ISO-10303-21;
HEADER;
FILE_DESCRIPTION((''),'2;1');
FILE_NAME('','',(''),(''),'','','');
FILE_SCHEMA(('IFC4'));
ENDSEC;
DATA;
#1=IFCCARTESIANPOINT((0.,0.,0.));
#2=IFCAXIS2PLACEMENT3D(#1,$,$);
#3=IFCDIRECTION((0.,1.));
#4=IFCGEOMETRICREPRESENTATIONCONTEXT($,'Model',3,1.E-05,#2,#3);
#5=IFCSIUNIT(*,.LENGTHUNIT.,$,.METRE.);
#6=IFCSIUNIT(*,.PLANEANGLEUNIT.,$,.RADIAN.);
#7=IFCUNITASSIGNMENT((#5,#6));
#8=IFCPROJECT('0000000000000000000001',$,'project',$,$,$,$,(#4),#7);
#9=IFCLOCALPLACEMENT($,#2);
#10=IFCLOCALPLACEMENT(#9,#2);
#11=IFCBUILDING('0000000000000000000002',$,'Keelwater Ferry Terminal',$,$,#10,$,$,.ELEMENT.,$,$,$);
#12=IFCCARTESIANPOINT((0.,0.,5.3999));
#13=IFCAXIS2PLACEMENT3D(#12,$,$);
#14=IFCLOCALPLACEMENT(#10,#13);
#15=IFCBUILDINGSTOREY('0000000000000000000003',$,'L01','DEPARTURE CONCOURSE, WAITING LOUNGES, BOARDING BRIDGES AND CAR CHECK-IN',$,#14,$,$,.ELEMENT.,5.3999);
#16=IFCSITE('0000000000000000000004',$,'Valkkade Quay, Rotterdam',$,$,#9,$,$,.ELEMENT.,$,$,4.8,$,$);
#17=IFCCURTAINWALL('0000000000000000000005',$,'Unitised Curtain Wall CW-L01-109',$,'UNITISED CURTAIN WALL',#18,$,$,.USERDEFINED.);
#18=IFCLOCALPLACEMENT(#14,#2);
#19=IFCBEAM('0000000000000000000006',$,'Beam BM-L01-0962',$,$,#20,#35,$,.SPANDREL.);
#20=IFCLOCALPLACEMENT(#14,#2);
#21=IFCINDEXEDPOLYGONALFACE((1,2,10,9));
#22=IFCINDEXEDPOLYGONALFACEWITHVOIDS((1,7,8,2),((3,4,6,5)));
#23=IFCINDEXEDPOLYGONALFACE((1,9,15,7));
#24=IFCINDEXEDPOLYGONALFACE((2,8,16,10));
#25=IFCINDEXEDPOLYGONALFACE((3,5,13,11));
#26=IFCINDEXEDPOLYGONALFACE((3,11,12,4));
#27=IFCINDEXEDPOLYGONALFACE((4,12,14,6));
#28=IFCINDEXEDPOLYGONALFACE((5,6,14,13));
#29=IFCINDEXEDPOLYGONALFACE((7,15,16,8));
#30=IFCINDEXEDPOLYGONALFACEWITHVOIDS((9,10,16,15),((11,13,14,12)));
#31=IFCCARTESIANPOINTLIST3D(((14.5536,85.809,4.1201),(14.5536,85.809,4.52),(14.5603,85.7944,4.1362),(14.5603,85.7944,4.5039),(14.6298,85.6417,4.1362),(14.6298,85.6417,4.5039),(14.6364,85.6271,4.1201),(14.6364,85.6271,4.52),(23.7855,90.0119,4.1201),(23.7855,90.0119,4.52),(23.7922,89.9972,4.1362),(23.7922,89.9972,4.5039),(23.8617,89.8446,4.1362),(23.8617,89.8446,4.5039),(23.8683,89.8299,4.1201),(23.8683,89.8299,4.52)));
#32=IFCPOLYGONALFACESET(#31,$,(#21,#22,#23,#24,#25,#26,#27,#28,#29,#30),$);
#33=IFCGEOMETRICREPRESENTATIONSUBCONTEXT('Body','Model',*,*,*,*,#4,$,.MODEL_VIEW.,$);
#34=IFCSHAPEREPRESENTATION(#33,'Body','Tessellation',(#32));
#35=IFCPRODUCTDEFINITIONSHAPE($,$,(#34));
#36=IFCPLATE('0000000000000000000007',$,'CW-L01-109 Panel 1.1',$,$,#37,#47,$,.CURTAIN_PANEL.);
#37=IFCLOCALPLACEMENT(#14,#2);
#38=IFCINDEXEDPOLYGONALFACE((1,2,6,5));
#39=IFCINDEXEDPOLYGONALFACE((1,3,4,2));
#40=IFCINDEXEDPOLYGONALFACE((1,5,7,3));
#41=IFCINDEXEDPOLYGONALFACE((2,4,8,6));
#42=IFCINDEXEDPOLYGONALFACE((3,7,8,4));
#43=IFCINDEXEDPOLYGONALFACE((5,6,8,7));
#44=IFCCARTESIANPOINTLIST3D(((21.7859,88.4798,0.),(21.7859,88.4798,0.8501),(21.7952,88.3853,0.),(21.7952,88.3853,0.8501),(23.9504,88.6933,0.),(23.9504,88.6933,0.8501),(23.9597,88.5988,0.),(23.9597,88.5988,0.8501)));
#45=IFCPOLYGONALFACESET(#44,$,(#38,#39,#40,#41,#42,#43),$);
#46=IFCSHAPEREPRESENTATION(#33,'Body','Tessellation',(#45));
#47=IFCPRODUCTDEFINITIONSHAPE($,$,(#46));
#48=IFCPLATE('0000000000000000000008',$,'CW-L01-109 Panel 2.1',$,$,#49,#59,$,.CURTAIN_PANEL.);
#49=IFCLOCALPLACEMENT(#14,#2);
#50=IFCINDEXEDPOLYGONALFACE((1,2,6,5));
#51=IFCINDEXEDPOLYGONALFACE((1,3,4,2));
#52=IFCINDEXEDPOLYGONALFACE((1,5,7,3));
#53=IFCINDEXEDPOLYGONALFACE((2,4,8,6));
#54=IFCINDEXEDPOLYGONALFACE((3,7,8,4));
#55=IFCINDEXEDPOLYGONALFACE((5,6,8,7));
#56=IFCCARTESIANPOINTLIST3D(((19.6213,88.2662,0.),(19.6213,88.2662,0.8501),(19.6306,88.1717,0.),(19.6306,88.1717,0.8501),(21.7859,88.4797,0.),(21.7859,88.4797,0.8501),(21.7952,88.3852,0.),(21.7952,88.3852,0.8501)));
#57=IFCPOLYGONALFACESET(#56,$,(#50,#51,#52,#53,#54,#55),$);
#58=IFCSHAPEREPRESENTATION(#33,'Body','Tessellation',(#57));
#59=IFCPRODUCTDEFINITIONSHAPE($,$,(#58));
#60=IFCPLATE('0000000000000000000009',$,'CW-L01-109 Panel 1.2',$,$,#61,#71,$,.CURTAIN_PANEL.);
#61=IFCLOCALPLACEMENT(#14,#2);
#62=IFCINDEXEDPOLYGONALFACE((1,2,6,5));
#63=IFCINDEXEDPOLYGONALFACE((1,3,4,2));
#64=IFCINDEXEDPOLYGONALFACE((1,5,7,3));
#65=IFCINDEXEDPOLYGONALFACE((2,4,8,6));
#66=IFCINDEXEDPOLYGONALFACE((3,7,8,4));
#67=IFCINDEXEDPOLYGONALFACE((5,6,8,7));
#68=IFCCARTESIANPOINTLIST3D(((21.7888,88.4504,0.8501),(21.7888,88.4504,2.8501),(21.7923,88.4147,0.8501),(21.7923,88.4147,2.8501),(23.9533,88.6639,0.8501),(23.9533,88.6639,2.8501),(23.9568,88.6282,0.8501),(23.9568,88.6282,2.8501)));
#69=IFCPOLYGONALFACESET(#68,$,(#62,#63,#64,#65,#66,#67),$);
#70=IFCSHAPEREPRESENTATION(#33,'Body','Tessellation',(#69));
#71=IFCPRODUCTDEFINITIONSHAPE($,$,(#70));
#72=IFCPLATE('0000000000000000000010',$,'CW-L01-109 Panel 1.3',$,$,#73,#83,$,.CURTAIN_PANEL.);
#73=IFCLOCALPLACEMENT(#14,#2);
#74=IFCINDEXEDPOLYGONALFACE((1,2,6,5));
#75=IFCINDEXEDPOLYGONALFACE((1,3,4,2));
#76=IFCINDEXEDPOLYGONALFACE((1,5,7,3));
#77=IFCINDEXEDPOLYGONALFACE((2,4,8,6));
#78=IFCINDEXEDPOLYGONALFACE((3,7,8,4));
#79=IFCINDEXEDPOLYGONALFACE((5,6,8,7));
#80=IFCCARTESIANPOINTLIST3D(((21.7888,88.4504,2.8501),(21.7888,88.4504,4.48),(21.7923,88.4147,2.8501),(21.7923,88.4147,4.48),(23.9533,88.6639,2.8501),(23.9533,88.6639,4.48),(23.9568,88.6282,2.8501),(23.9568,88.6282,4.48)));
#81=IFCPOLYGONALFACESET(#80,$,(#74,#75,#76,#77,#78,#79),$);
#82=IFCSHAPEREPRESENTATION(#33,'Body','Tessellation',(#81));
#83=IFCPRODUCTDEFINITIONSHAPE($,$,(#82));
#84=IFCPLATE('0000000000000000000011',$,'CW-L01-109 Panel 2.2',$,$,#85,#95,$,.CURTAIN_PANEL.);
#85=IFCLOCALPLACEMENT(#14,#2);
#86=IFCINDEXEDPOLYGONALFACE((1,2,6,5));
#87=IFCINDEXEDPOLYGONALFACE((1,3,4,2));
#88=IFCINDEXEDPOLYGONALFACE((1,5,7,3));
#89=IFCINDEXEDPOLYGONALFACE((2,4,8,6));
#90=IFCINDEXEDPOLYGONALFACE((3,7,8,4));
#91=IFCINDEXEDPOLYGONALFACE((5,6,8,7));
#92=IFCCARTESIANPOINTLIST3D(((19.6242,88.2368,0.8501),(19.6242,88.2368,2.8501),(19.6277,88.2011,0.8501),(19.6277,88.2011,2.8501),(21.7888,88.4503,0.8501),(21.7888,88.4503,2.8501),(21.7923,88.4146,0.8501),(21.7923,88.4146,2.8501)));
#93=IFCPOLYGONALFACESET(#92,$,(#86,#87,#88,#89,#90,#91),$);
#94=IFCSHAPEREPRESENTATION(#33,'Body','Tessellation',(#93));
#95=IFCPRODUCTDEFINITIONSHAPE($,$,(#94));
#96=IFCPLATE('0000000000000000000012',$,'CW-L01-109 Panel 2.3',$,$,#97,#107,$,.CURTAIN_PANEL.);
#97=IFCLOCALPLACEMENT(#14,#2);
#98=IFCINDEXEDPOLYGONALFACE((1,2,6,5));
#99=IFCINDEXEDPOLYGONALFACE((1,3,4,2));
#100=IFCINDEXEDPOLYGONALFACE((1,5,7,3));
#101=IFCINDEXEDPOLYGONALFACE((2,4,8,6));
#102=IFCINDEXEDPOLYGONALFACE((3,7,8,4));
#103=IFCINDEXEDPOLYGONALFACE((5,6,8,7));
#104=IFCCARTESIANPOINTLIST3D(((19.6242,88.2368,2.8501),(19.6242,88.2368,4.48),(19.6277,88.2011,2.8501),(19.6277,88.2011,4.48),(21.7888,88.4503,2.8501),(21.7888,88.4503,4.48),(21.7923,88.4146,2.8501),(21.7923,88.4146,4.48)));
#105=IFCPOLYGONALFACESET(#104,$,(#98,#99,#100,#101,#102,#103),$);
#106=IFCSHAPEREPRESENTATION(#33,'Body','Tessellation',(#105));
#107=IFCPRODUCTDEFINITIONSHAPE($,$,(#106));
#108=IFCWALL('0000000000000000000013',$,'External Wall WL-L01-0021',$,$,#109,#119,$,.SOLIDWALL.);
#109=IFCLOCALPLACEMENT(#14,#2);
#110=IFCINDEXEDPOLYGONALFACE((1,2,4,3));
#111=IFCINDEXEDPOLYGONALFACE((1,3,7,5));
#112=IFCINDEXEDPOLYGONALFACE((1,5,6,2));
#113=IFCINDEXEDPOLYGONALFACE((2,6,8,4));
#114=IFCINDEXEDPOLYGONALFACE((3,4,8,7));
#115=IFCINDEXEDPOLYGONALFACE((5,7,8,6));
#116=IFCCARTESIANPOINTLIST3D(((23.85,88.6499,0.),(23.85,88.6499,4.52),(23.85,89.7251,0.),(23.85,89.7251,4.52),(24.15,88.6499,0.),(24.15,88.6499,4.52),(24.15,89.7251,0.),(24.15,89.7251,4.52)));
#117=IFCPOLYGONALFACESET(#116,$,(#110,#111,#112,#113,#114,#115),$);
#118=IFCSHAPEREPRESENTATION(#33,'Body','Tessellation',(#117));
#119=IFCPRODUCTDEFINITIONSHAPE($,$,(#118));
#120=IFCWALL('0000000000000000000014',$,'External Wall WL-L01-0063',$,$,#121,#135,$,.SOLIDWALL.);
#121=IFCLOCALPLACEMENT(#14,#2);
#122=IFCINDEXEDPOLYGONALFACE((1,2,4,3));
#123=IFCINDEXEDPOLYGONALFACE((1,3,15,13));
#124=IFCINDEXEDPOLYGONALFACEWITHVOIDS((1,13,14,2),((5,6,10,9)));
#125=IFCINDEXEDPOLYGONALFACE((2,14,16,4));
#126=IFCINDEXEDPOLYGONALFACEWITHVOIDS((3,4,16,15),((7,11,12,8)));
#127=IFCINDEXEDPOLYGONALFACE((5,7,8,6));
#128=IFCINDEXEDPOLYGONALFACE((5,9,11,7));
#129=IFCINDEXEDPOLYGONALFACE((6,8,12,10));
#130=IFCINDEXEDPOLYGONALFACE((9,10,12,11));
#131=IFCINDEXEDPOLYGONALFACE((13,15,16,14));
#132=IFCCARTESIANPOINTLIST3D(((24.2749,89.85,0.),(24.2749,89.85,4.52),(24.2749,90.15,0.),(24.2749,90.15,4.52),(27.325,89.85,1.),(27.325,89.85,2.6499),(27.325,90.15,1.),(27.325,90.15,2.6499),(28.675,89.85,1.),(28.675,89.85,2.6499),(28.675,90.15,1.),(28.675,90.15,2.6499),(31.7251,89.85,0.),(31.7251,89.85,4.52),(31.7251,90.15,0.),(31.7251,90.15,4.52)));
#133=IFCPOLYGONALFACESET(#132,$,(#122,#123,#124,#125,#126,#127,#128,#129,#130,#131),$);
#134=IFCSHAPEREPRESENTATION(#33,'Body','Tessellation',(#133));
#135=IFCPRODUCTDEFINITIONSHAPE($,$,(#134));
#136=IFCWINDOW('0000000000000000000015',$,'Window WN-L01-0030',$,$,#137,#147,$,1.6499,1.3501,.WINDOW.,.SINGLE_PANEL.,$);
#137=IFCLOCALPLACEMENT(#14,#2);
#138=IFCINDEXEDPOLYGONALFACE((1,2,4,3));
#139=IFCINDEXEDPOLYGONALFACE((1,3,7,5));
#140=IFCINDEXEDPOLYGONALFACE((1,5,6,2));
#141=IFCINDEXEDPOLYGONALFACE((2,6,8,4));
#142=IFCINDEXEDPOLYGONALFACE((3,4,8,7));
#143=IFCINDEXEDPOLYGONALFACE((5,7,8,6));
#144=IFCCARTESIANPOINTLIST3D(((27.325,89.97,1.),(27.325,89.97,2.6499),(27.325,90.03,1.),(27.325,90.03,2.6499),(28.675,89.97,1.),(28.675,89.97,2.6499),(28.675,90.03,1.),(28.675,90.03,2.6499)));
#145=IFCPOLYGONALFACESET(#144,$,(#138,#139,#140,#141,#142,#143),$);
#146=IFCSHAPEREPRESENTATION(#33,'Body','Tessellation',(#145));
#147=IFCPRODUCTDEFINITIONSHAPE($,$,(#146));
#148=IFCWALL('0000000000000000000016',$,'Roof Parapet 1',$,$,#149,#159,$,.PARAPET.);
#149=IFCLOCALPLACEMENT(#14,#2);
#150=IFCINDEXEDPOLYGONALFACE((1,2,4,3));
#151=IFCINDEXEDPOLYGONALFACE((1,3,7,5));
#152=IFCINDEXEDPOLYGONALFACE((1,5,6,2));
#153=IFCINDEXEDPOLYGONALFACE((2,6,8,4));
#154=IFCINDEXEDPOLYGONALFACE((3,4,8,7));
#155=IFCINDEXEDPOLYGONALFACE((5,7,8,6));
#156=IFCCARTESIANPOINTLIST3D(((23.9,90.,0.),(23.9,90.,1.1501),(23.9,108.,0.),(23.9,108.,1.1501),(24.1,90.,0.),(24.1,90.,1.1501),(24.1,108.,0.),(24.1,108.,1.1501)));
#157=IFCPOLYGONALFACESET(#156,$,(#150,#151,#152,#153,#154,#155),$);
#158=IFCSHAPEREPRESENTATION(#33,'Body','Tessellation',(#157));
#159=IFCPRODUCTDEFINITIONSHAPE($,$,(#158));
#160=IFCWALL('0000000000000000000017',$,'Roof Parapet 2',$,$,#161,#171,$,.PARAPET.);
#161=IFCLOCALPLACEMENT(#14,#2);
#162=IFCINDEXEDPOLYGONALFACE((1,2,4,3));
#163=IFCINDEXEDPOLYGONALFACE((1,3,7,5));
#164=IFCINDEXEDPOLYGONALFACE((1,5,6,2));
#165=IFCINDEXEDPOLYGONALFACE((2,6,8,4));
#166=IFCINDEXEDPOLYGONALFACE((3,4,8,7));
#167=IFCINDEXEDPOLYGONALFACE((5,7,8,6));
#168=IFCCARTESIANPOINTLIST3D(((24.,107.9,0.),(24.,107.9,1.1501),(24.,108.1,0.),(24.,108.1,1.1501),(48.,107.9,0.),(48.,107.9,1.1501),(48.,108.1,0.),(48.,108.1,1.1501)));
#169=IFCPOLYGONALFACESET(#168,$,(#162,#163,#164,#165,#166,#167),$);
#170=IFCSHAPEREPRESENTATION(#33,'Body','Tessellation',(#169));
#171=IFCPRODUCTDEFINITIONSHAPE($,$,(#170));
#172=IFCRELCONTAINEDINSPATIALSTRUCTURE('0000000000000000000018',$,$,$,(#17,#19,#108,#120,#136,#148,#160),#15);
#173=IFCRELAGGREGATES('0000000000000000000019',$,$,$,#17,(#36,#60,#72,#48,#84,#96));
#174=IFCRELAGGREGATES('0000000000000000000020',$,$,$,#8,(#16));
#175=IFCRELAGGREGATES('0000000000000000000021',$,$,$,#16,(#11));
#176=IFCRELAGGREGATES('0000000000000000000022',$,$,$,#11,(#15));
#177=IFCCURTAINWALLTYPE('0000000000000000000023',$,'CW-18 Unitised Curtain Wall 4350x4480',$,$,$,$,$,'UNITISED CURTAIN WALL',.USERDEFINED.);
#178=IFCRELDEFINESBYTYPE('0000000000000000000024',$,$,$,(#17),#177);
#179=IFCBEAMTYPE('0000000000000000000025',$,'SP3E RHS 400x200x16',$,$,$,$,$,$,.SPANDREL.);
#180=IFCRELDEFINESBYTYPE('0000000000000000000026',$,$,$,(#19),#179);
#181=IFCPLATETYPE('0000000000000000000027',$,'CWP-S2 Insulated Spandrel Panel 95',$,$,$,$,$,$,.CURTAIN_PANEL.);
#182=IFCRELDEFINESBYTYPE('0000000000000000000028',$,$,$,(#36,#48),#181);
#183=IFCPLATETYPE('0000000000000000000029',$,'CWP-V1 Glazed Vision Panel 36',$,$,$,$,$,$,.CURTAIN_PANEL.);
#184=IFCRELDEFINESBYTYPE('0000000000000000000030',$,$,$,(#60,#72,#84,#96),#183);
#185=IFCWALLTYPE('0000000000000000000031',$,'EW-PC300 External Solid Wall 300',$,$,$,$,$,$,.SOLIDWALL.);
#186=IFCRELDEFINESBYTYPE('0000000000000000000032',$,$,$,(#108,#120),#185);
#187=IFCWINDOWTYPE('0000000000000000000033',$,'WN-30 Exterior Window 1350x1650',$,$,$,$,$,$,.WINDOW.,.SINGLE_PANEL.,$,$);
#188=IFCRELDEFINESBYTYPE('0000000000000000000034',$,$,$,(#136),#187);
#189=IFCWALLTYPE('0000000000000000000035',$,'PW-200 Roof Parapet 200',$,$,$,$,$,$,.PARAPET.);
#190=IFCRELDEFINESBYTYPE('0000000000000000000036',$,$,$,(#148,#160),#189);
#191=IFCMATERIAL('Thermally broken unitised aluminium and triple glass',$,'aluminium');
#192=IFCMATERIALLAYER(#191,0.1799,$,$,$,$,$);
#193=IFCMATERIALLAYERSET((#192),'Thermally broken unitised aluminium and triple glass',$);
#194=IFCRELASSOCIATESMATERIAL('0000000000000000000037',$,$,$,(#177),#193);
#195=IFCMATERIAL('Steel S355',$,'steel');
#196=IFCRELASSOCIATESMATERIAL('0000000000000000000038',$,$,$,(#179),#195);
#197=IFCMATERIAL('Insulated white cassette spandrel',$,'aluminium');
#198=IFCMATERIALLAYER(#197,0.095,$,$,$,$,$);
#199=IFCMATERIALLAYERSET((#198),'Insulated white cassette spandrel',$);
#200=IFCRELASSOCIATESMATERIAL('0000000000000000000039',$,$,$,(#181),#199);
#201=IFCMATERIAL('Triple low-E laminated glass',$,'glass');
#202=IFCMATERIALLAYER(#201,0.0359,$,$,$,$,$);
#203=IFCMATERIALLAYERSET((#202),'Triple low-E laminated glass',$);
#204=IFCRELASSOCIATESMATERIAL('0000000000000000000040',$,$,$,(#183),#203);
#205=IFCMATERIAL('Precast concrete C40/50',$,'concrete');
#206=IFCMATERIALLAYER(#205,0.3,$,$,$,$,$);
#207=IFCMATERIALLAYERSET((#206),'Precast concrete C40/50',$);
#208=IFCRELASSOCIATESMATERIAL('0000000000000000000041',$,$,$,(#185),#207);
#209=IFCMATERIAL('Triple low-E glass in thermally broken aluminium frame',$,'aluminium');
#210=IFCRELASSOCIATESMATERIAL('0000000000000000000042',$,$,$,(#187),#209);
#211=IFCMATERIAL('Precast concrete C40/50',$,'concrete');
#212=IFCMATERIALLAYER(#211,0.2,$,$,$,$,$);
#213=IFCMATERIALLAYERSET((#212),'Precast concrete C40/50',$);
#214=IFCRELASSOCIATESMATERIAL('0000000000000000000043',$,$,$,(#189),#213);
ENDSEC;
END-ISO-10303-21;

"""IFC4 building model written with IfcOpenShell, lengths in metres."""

from ifc_helpers import new_model, si_unit, direction, frame, frame_2d, origin, origin_2d, place, context, subcontext, project, spatial, rectangle, hollow_rectangle, extrude, material, layer, layer_set, material_profile, profile_set, type_object, element, fill, aggregate, save


model = new_model("IFC4")

# Units and contexts
model_context = context("Model", 3, precision=1e-05, world=origin(), true_north=direction((0.0, 1.0)))
body_context = subcontext(model_context, "Body", "Model", "MODEL_VIEW")
ifc_project = project(units=[si_unit("LENGTHUNIT", "METRE"), si_unit("PLANEANGLEUNIT", "RADIAN")], contexts=[model_context])

# Site, building, storey
site_placement = place(None, origin())
site = spatial("IfcSite", under=ifc_project, at=site_placement, Name="Valkkade Quay, Rotterdam", CompositionType="ELEMENT", RefElevation=4.8)
building_placement = place(site_placement, origin())
building = spatial("IfcBuilding", under=site, at=building_placement, Name="Keelwater Ferry Terminal", CompositionType="ELEMENT")
storey_placement = place(building_placement, frame((0.0, 0.0, 5.3999)))
storey = spatial("IfcBuildingStorey", under=building, at=storey_placement, Name="L01", Description="DEPARTURE CONCOURSE, WAITING LOUNGES, BOARDING BRIDGES AND CAR CHECK-IN", CompositionType="ELEMENT", Elevation=5.3999)

# Curtain wall
ifc_material_1 = material(Name="Thermally broken unitised aluminium and triple glass", Category="aluminium")
ifc_layer_1 = layer(ifc_material_1, 0.1799)
ifc_layer_set_1 = layer_set([ifc_layer_1], Name="Thermally broken unitised aluminium and triple glass")
curtain_wall_type = type_object("IfcCurtainWallType", Name="CW-18 Unitised Curtain Wall 4350x4480", ElementType="UNITISED CURTAIN WALL", PredefinedType="USERDEFINED", material=ifc_layer_set_1)
curtain_wall_1_placement = place(storey_placement, origin())
curtain_wall_1 = element("IfcCurtainWall", 1, at=curtain_wall_1_placement, inside=storey, type_object=curtain_wall_type, Name="Unitised Curtain Wall CW-L01-109", ObjectType="UNITISED CURTAIN WALL", PredefinedType="USERDEFINED")

# Beam
ifc_material_2 = material(Name="Steel S355", Category="steel")
ifc_material_profile_1 = material_profile(ifc_material_2, hollow_rectangle(XDim=0.2, YDim=0.3999, WallThickness=0.0161, at=origin_2d()), Name="RHS 400x200x16")
ifc_profile_set_1 = profile_set([ifc_material_profile_1], Name="Steel S355")
beam_type_1 = type_object("IfcBeamType", Name="SP3E RHS 400x200x16", PredefinedType="SPANDREL", material=ifc_profile_set_1)
beam_placement = place(storey_placement, frame((23.8269, 89.9209, 4.3201), z_axis=(-0.910123, -0.414338, 0.0), x_axis=(0.414338, -0.910123, 0.0)))
element("IfcBeam", 2, at=beam_placement, inside=storey, type_object=beam_type_1, Name="Beam BM-L01-0962", PredefinedType="SPANDREL", context=body_context, shape_type="SweptSolid", body=[
    extrude(hollow_rectangle(XDim=0.2, YDim=0.3999, WallThickness=0.0161, at=origin_2d()), origin(), (0.0, 0.0, 1.0), 10.1436),
])

# Plates
ifc_material_3 = material(Name="Insulated white cassette spandrel", Category="aluminium")
ifc_layer_2 = layer(ifc_material_3, 0.095)
ifc_layer_set_2 = layer_set([ifc_layer_2], Name="Insulated white cassette spandrel")
plate_type_1 = type_object("IfcPlateType", Name="CWP-S2 Insulated Spandrel Panel 95", PredefinedType="CURTAIN_PANEL", material=ifc_layer_set_2)
plate_1_placement = place(storey_placement, frame((22.8728, 88.5393, 0.0), z_axis=(0.0, 0.0, 1.0), x_axis=(-0.995171, -0.098161, 0.0)))
plate_1 = element("IfcPlate", 3, at=plate_1_placement, type_object=plate_type_1, Name="CW-L01-109 Panel 1.1", PredefinedType="CURTAIN_PANEL", context=body_context, shape_type="SweptSolid", body=[
    extrude(rectangle(XDim=2.175, YDim=0.095, at=origin_2d()), origin(), (0.0, 0.0, 1.0), 0.8501),
])
plate_2_placement = place(storey_placement, frame((20.7083, 88.3257, 0.0), z_axis=(0.0, 0.0, 1.0), x_axis=(-0.995171, -0.098161, 0.0)))
plate_2 = element("IfcPlate", 4, at=plate_2_placement, type_object=plate_type_1, Name="CW-L01-109 Panel 2.1", PredefinedType="CURTAIN_PANEL", context=body_context, shape_type="SweptSolid", body=[
    extrude(rectangle(XDim=2.175, YDim=0.095, at=origin_2d()), origin(), (0.0, 0.0, 1.0), 0.8501),
])
ifc_material_4 = material(Name="Triple low-E laminated glass", Category="glass")
ifc_layer_3 = layer(ifc_material_4, 0.0359)
ifc_layer_set_3 = layer_set([ifc_layer_3], Name="Triple low-E laminated glass")
plate_type_2 = type_object("IfcPlateType", Name="CWP-V1 Glazed Vision Panel 36", PredefinedType="CURTAIN_PANEL", material=ifc_layer_set_3)
plate_3_placement = place(storey_placement, frame((22.8728, 88.5393, 0.8501), z_axis=(0.0, 0.0, 1.0), x_axis=(-0.995171, -0.098161, 0.0)))
plate_3 = element("IfcPlate", 5, at=plate_3_placement, type_object=plate_type_2, Name="CW-L01-109 Panel 1.2", PredefinedType="CURTAIN_PANEL", context=body_context, shape_type="SweptSolid", body=[
    extrude(rectangle(XDim=2.175, YDim=0.0359, at=origin_2d()), origin(), (0.0, 0.0, 1.0), 2.0),
])
plate_4_placement = place(storey_placement, frame((22.8728, 88.5393, 2.8501), z_axis=(0.0, 0.0, 1.0), x_axis=(-0.995171, -0.098161, 0.0)))
plate_4 = element("IfcPlate", 6, at=plate_4_placement, type_object=plate_type_2, Name="CW-L01-109 Panel 1.3", PredefinedType="CURTAIN_PANEL", context=body_context, shape_type="SweptSolid", body=[
    extrude(rectangle(XDim=2.175, YDim=0.0359, at=origin_2d()), origin(), (0.0, 0.0, 1.0), 1.6299),
])
plate_5_placement = place(storey_placement, frame((20.7083, 88.3257, 0.8501), z_axis=(0.0, 0.0, 1.0), x_axis=(-0.995171, -0.098161, 0.0)))
plate_5 = element("IfcPlate", 7, at=plate_5_placement, type_object=plate_type_2, Name="CW-L01-109 Panel 2.2", PredefinedType="CURTAIN_PANEL", context=body_context, shape_type="SweptSolid", body=[
    extrude(rectangle(XDim=2.175, YDim=0.0359, at=origin_2d()), origin(), (0.0, 0.0, 1.0), 2.0),
])
plate_6_placement = place(storey_placement, frame((20.7083, 88.3257, 2.8501), z_axis=(0.0, 0.0, 1.0), x_axis=(-0.995171, -0.098161, 0.0)))
plate_6 = element("IfcPlate", 8, at=plate_6_placement, type_object=plate_type_2, Name="CW-L01-109 Panel 2.3", PredefinedType="CURTAIN_PANEL", context=body_context, shape_type="SweptSolid", body=[
    extrude(rectangle(XDim=2.175, YDim=0.0359, at=origin_2d()), origin(), (0.0, 0.0, 1.0), 1.6299),
])
aggregate(curtain_wall_1, [plate_1, plate_3, plate_4, plate_2, plate_5, plate_6])

# Wall
ifc_material_5 = material(Name="Precast concrete C40/50", Category="concrete")
ifc_layer_4 = layer(ifc_material_5, 0.3)
ifc_layer_set_4 = layer_set([ifc_layer_4], Name="Precast concrete C40/50")
wall_type_1 = type_object("IfcWallType", Name="EW-PC300 External Solid Wall 300", PredefinedType="SOLIDWALL", material=ifc_layer_set_4)
wall_1_placement = place(storey_placement, frame((24.0, 89.7251, 0.0), z_axis=(0.0, 0.0, 1.0), x_axis=(0.0, -1.0, 0.0)))
element("IfcWall", 9, at=wall_1_placement, inside=storey, type_object=wall_type_1, Name="External Wall WL-L01-0021", PredefinedType="SOLIDWALL", context=body_context, shape_type="SweptSolid", body=[
    extrude(rectangle(XDim=1.0752, YDim=0.3, at=frame_2d((0.5376, 0.0))), origin(), (0.0, 0.0, 1.0), 4.52),
])

# Wall, opening, window
wall_2_placement = place(storey_placement, frame((24.2749, 90.0, 0.0), z_axis=(0.0, 0.0, 1.0), x_axis=(1.0, 0.0, 0.0)))
wall_2 = element("IfcWall", 10, at=wall_2_placement, inside=storey, type_object=wall_type_1, Name="External Wall WL-L01-0063", PredefinedType="SOLIDWALL", context=body_context, shape_type="SweptSolid", body=[
    extrude(rectangle(XDim=7.4502, YDim=0.3, at=frame_2d((3.7251, 0.0))), origin(), (0.0, 0.0, 1.0), 4.52),
])
opening_1_placement = place(wall_2_placement, frame((3.05, 0.0, 1.0)))
opening_1 = element("IfcOpeningElement", 11, at=opening_1_placement, cuts=wall_2, PredefinedType="OPENING", context=body_context, shape_type="SweptSolid", body=[
    extrude(rectangle(XDim=1.3501, YDim=1.6499, at=frame_2d((0.675, 0.825))), frame((0.0, 0.1599, 0.0), z_axis=(0.0, -1.0, 0.0), x_axis=(1.0, 0.0, 0.0)), (0.0, 0.0, 1.0), 0.3201),
])
ifc_material_6 = material(Name="Triple low-E glass in thermally broken aluminium frame", Category="aluminium")
window_type = type_object("IfcWindowType", Name="WN-30 Exterior Window 1350x1650", PartitioningType="SINGLE_PANEL", PredefinedType="WINDOW", material=ifc_material_6)
window_placement = place(opening_1_placement, origin())
window = element("IfcWindow", 12, at=window_placement, inside=storey, type_object=window_type, Name="Window WN-L01-0030", OverallHeight=1.6499, OverallWidth=1.3501, PartitioningType="SINGLE_PANEL", PredefinedType="WINDOW", context=body_context, shape_type="SweptSolid", body=[
    extrude(rectangle(XDim=1.3501, YDim=1.6499, at=frame_2d((0.675, 0.825))), frame((0.0, 0.03, 0.0), z_axis=(0.0, -1.0, 0.0), x_axis=(1.0, 0.0, 0.0)), (0.0, 0.0, 1.0), 0.0601),
])
fill(opening_1, window)

# Walls
ifc_material_7 = material(Name="Precast concrete C40/50", Category="concrete")
ifc_layer_5 = layer(ifc_material_7, 0.2)
ifc_layer_set_5 = layer_set([ifc_layer_5], Name="Precast concrete C40/50")
wall_type_2 = type_object("IfcWallType", Name="PW-200 Roof Parapet 200", PredefinedType="PARAPET", material=ifc_layer_set_5)
wall_3_placement = place(storey_placement, frame((24.0, 90.0, 0.0), z_axis=(0.0, 0.0, 1.0), x_axis=(0.0, 1.0, 0.0)))
element("IfcWall", 13, at=wall_3_placement, inside=storey, type_object=wall_type_2, Name="Roof Parapet 1", PredefinedType="PARAPET", context=body_context, shape_type="SweptSolid", body=[
    extrude(rectangle(XDim=18.0, YDim=0.2, at=frame_2d((9.0, 0.0))), origin(), (0.0, 0.0, 1.0), 1.1501),
])
wall_4_placement = place(storey_placement, frame((24.0, 108.0, 0.0), z_axis=(0.0, 0.0, 1.0), x_axis=(1.0, 0.0, 0.0)))
element("IfcWall", 14, at=wall_4_placement, inside=storey, type_object=wall_type_2, Name="Roof Parapet 2", PredefinedType="PARAPET", context=body_context, shape_type="SweptSolid", body=[
    extrude(rectangle(XDim=24.0, YDim=0.2, at=frame_2d((12.0, 0.0))), origin(), (0.0, 0.0, 1.0), 1.1501),
])

save(model, "model.ifc")
